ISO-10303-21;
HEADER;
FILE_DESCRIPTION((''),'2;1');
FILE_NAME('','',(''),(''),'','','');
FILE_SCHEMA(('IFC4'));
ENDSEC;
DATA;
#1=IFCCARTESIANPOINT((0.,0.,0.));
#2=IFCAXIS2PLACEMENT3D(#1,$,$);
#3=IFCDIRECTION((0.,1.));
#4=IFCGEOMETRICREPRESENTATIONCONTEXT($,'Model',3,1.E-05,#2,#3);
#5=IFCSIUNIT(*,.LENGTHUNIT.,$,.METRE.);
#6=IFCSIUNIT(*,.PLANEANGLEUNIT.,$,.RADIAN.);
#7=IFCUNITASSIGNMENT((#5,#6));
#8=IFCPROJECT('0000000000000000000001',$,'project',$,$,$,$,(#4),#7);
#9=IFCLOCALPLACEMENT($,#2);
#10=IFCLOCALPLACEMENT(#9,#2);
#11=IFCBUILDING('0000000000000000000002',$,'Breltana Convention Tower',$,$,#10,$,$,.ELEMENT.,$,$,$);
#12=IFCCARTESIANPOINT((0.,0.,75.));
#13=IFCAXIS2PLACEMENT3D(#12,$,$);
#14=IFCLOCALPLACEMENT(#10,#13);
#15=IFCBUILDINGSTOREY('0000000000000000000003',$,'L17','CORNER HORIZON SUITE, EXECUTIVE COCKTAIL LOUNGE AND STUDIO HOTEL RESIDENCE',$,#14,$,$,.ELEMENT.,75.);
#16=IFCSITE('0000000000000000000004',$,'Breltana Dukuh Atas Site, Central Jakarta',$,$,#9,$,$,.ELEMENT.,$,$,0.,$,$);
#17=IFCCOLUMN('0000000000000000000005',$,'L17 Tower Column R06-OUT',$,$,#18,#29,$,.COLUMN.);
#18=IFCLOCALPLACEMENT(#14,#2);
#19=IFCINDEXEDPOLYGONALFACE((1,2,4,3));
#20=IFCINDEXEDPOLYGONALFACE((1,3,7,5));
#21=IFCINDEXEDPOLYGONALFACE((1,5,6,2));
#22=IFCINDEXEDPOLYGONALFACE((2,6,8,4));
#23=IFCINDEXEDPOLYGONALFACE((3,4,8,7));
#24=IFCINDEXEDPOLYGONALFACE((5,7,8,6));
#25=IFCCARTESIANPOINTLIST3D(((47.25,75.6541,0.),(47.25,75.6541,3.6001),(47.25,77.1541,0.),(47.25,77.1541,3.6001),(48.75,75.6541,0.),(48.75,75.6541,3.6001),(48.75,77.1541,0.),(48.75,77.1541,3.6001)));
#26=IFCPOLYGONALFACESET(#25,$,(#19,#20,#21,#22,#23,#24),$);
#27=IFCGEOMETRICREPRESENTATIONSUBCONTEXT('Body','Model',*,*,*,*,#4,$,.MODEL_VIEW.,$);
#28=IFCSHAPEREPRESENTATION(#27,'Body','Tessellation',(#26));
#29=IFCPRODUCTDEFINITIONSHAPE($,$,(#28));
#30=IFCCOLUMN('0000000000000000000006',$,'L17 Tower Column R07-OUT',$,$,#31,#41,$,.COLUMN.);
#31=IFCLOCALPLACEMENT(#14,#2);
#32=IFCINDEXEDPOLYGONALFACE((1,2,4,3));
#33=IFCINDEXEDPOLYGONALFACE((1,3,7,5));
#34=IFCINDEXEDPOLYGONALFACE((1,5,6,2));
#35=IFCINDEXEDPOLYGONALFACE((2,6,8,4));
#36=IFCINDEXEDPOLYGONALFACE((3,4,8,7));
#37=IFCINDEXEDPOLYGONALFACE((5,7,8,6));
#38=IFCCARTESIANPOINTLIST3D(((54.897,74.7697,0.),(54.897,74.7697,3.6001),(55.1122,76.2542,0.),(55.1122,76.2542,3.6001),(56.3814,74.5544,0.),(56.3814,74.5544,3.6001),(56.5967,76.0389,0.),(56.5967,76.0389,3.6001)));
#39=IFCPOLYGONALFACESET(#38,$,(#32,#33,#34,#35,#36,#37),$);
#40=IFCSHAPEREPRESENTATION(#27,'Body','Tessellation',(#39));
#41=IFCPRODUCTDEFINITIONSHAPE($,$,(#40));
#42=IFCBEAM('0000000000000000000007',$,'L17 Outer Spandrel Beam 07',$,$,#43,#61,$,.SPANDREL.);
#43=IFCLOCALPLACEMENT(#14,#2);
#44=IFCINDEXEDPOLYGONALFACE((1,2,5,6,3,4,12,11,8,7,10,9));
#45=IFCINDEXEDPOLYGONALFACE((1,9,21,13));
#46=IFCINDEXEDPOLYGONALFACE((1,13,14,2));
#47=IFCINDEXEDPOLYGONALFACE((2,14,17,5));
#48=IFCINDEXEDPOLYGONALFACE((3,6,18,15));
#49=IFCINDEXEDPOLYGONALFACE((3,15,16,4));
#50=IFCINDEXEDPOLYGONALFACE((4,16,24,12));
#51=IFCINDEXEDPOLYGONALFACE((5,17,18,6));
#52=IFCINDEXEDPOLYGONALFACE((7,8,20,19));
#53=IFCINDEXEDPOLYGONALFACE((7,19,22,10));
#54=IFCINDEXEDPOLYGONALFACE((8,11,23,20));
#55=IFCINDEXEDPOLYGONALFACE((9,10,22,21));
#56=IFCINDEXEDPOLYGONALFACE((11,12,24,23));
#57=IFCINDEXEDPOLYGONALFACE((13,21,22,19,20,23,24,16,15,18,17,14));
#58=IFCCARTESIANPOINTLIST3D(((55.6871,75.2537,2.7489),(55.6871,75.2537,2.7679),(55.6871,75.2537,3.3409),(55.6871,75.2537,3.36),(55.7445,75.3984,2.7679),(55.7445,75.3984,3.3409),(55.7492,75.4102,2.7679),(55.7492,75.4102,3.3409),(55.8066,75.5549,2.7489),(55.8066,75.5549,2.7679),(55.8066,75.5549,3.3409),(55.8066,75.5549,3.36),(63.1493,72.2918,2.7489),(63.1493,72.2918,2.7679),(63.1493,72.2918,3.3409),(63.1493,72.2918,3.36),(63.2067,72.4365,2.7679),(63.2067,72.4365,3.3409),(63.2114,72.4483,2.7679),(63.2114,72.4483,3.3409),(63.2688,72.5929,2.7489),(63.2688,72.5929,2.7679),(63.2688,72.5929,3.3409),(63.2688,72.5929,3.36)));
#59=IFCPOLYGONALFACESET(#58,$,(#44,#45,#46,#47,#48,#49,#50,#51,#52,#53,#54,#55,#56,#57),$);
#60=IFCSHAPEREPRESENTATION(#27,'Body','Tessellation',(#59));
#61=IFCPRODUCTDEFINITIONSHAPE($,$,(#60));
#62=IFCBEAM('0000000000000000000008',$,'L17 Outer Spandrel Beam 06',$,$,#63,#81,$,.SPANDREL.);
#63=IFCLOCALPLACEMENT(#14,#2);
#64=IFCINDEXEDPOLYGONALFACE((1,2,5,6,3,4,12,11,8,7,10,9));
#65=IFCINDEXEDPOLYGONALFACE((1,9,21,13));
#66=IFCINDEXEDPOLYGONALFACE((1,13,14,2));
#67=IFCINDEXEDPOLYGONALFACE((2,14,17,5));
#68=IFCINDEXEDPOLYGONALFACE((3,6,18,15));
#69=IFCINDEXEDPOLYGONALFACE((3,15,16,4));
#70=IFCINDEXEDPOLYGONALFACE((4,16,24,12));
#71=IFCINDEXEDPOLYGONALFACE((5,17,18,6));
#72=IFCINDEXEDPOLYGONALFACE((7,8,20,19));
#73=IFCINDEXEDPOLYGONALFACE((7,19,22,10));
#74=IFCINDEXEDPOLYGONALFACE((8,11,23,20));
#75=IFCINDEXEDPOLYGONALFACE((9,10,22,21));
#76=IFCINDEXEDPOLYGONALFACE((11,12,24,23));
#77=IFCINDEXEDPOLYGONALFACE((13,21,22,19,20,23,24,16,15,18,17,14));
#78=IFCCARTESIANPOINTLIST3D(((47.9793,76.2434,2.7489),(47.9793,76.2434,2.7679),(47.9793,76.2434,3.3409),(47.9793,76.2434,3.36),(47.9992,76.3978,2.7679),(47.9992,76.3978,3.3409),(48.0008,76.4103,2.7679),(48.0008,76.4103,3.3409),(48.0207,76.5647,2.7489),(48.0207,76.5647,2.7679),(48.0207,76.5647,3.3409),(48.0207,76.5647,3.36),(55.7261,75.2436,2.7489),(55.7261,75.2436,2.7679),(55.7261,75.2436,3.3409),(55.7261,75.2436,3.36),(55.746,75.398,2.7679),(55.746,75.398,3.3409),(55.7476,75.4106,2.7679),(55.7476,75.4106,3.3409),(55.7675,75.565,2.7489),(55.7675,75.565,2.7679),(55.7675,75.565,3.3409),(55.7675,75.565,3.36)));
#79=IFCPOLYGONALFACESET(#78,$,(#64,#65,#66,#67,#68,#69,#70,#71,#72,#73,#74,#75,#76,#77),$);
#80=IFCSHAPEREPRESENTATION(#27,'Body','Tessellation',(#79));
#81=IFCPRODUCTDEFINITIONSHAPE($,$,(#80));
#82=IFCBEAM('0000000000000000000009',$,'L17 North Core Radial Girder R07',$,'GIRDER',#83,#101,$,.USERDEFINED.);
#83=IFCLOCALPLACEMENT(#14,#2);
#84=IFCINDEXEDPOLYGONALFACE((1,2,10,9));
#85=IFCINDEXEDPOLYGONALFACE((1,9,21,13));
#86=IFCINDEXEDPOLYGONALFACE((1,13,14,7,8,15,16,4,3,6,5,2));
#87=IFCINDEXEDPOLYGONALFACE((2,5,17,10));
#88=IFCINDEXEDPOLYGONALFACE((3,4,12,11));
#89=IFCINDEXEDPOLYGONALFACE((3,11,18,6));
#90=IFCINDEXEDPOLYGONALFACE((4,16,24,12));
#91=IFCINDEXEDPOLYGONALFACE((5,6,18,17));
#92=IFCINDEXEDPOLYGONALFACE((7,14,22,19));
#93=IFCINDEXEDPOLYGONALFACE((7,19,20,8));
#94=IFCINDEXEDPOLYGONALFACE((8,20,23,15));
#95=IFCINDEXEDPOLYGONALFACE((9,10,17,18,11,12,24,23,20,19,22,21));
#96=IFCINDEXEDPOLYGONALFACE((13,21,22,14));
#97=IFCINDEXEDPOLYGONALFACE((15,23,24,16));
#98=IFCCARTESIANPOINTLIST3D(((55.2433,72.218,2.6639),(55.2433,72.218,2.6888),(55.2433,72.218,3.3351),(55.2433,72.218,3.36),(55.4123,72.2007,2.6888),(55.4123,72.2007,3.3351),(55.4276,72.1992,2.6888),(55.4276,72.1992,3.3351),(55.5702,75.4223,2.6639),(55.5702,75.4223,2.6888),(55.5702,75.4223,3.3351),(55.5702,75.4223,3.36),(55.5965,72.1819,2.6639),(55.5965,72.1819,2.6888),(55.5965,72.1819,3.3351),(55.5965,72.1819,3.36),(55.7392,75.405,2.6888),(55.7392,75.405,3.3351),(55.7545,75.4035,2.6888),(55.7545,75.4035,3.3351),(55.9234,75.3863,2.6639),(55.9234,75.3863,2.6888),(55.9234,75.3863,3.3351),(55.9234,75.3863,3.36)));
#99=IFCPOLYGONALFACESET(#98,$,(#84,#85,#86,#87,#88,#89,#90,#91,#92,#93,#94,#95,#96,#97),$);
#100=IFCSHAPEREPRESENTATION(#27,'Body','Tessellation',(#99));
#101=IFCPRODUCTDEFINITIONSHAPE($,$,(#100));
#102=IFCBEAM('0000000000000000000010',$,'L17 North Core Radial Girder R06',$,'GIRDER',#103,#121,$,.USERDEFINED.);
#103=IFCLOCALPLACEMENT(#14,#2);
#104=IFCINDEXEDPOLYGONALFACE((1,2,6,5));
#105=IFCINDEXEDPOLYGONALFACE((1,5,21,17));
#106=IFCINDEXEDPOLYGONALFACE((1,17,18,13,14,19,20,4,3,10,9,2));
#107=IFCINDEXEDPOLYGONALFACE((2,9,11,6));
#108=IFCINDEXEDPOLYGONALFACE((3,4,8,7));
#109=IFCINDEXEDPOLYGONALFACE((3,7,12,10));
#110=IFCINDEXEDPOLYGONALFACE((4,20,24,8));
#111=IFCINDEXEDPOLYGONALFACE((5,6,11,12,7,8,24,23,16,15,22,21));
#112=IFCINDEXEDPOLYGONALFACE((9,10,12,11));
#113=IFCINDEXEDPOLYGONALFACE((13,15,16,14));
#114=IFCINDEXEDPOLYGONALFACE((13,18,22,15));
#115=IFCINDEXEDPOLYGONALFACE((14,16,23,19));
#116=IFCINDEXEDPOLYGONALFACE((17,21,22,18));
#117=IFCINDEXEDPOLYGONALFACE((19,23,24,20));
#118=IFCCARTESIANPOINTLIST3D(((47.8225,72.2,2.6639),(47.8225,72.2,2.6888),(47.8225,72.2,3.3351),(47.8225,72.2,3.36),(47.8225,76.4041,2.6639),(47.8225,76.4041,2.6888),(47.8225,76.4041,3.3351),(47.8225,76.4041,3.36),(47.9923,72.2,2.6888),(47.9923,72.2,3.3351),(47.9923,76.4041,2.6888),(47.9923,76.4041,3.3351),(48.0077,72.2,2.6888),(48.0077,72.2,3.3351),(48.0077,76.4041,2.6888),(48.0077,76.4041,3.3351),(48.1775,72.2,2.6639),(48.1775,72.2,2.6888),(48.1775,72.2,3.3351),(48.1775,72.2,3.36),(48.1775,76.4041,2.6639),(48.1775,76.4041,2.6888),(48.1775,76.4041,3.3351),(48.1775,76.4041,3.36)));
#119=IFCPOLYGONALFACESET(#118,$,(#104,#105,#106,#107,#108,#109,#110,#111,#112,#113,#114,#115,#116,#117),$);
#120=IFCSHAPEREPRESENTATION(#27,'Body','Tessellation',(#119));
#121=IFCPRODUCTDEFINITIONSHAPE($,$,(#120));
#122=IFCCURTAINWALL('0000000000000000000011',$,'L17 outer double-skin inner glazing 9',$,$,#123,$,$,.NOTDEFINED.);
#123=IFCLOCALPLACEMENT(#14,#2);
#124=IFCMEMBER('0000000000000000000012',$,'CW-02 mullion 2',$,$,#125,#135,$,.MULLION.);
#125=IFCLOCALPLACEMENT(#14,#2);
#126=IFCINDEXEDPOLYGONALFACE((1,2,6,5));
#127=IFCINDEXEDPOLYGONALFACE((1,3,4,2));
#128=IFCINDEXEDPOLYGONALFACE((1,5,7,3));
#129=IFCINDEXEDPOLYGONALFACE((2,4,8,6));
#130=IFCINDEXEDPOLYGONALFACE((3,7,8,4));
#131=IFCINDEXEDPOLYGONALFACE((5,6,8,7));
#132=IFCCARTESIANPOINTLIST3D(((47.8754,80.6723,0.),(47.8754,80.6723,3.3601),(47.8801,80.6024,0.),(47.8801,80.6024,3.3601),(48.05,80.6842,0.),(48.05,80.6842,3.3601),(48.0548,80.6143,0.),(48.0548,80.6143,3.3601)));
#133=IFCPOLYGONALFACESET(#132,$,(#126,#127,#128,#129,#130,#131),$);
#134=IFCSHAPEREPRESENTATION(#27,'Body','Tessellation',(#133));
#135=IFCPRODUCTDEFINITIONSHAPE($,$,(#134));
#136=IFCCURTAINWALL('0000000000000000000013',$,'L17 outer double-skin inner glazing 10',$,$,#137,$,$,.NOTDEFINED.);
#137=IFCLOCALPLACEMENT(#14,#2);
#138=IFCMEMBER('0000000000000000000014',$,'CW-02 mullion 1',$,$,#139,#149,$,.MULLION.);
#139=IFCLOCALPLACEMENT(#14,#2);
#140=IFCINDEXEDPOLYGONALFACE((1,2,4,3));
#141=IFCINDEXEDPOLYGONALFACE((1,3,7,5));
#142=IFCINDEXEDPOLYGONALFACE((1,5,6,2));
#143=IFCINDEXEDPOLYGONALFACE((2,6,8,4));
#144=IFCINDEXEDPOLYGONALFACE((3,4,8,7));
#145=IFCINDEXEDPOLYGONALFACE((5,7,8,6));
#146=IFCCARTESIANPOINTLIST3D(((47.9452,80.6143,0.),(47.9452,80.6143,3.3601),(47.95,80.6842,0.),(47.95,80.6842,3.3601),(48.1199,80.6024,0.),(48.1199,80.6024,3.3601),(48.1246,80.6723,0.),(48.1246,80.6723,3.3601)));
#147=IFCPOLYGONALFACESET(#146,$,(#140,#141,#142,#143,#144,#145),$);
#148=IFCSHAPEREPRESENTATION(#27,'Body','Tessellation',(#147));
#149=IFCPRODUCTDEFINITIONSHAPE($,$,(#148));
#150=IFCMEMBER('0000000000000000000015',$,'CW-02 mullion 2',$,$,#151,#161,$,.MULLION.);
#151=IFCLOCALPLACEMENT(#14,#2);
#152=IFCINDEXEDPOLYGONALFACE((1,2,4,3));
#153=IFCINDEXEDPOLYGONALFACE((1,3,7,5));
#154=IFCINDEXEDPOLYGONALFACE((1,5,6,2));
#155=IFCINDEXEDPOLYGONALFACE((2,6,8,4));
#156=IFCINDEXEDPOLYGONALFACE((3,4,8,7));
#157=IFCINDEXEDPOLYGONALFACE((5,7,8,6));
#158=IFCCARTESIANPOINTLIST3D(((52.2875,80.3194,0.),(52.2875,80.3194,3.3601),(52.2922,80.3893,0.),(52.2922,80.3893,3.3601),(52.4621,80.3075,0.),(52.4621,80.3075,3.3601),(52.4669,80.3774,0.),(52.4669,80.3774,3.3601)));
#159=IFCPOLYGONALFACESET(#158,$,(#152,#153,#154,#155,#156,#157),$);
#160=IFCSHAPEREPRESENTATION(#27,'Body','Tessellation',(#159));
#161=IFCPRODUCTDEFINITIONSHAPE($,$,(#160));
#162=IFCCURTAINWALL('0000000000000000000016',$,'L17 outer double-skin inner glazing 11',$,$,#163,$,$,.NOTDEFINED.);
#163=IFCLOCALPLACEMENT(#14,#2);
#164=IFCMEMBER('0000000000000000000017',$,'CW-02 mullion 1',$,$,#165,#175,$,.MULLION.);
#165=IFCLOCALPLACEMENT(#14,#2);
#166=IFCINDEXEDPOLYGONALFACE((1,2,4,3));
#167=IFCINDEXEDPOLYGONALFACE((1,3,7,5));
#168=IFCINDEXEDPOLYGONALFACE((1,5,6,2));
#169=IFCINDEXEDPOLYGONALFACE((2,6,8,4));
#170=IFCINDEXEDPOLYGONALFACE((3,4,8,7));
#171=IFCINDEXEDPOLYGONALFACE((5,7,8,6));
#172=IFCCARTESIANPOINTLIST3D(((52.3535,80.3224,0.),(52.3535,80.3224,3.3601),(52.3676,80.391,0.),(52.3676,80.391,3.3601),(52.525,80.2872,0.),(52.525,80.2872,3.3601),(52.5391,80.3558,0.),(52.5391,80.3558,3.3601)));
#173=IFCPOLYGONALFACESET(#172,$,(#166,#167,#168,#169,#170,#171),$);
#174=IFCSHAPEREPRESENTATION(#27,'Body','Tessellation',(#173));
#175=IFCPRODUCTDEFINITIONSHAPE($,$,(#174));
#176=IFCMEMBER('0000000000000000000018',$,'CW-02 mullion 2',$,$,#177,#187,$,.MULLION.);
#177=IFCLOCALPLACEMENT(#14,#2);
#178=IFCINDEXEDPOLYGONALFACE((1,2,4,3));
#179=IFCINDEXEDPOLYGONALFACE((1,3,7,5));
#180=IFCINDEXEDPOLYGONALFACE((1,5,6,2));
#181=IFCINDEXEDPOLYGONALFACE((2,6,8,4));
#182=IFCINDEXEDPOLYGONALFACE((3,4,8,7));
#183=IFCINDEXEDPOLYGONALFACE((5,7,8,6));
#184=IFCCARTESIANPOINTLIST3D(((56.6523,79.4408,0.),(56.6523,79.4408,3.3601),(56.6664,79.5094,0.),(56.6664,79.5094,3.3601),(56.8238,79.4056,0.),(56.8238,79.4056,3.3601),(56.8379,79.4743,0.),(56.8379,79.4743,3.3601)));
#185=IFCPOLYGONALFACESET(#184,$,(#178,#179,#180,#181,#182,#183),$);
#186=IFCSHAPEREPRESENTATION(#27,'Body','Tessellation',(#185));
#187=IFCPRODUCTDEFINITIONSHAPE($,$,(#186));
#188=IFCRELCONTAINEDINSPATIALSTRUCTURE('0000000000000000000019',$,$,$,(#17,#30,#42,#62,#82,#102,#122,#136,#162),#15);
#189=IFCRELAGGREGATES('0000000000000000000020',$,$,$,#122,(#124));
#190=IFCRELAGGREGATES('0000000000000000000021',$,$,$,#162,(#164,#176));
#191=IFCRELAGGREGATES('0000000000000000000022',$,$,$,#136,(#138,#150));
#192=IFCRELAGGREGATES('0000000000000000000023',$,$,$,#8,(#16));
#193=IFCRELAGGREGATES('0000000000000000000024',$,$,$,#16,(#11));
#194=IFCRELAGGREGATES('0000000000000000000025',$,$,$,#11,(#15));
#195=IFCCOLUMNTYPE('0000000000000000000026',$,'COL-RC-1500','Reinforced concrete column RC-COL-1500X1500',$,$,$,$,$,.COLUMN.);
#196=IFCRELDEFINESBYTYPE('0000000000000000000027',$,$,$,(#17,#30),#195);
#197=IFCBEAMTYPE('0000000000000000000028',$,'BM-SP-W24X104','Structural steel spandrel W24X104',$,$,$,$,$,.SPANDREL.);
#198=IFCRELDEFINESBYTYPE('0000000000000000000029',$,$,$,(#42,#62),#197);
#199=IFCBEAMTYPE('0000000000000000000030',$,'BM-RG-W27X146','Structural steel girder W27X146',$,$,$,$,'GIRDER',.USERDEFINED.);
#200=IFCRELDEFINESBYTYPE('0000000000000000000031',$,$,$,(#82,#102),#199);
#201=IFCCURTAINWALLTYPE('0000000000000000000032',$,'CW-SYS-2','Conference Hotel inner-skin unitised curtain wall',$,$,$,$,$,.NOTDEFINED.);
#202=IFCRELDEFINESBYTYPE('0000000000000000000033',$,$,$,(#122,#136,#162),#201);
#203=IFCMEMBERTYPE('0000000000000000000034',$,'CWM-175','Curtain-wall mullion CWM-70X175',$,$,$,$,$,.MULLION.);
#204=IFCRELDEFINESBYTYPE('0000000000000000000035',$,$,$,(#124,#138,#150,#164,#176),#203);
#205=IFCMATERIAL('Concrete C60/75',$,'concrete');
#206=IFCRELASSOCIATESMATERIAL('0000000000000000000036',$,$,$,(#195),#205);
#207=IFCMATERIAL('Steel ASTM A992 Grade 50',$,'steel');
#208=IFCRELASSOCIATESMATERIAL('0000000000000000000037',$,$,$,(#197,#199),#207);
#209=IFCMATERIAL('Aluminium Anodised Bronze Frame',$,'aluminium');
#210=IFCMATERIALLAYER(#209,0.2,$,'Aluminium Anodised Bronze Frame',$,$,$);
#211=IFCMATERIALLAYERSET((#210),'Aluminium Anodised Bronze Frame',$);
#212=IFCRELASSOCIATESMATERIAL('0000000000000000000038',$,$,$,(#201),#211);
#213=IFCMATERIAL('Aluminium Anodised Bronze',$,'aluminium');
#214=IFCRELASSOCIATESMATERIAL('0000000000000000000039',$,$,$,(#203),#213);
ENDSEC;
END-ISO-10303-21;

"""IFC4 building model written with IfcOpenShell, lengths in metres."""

from ifc_helpers import new_model, si_unit, direction, frame, origin, origin_2d, place, context, subcontext, project, spatial, rectangle, i_section, extrude, source, transform, mapped, material, layer, layer_set, material_profile, profile_set, type_object, type_shapes, element, aggregate, save


model = new_model("IFC4")

# Units and contexts
model_context = context("Model", 3, precision=1e-05, world=origin(), true_north=direction((0.0, 1.0)))
body_context = subcontext(model_context, "Body", "Model", "MODEL_VIEW")
ifc_project = project(units=[si_unit("LENGTHUNIT", "METRE"), si_unit("PLANEANGLEUNIT", "RADIAN")], contexts=[model_context])

# Site, building, storey
site_placement = place(None, origin())
site = spatial("IfcSite", under=ifc_project, at=site_placement, Name="Breltana Dukuh Atas Site, Central Jakarta", CompositionType="ELEMENT", RefElevation=0.0)
building_placement = place(site_placement, origin())
building = spatial("IfcBuilding", under=site, at=building_placement, Name="Breltana Convention Tower", CompositionType="ELEMENT")
storey_placement = place(building_placement, frame((0.0, 0.0, 75.0)))
storey = spatial("IfcBuildingStorey", under=building, at=storey_placement, Name="L17", Description="CORNER HORIZON SUITE, EXECUTIVE COCKTAIL LOUNGE AND STUDIO HOTEL RESIDENCE", CompositionType="ELEMENT", Elevation=75.0)

# Columns
ifc_material_1 = material(Name="Concrete C60/75", Category="concrete")
ifc_material_profile_1 = material_profile(ifc_material_1, rectangle(XDim=1.5, YDim=1.5, at=origin_2d()), Name="RC-COL-1500X1500")
ifc_profile_set_1 = profile_set([ifc_material_profile_1], Name="Concrete C60/75")
column_type = type_object("IfcColumnType", Name="COL-RC-1500", Description="Reinforced concrete column RC-COL-1500X1500", PredefinedType="COLUMN", material=ifc_profile_set_1)
shared_shape_1 = source(origin(), body_context, "Body", "SweptSolid", [
    extrude(rectangle(XDim=1.5, YDim=1.5, at=origin_2d()), origin(), (0.0, 0.0, 1.0), 3.6001),
])
for number, where, z_axis, x_axis, name in (
    (1, (48.0, 76.4041, 0.0), (0.0, 0.0, 1.0), (0.0, 1.0, 0.0), "L17 Tower Column R06-OUT"),
    (2, (55.7468, 75.4043, 0.0), (0.0, 0.0, 1.0), (0.143493, 0.989651, 0.0), "L17 Tower Column R07-OUT"),
):
    element("IfcColumn", number, at=place(storey_placement, frame(where, z_axis=z_axis, x_axis=x_axis)), inside=storey, type_object=column_type, Name=name, PredefinedType="COLUMN", context=body_context, shape_type="MappedRepresentation", body=[
        mapped(shared_shape_1, transform((0.0, 0.0, 0.0), scale=1.0)),
    ])

# Beams
ifc_material_2 = material(Name="Steel ASTM A992 Grade 50", Category="steel")
ifc_material_profile_2 = material_profile(ifc_material_2, i_section(OverallWidth=0.324, OverallDepth=0.6111, WebThickness=0.0127, FlangeThickness=0.019, at=origin_2d()), Name="W24X104")
ifc_profile_set_2 = profile_set([ifc_material_profile_2], Name="Steel ASTM A992 Grade 50")
beam_type_1 = type_object("IfcBeamType", Name="BM-SP-W24X104", Description="Structural steel spandrel W24X104", PredefinedType="SPANDREL", material=ifc_profile_set_2)
shared_shape_2 = source(origin(), body_context, "Body", "SweptSolid", [
    extrude(i_section(OverallWidth=0.324, OverallDepth=0.6111, WebThickness=0.0127, FlangeThickness=0.019, at=origin_2d()), origin(), (0.0, 0.0, 1.0), 8.0286),
])
beam_1_placement = place(storey_placement, frame((55.7468, 75.4043, 3.0544), z_axis=(0.929459, -0.368925, 0.0), x_axis=(0.368925, 0.929459, 0.0)))
element("IfcBeam", 3, at=beam_1_placement, inside=storey, type_object=beam_type_1, Name="L17 Outer Spandrel Beam 07", PredefinedType="SPANDREL", context=body_context, shape_type="MappedRepresentation", body=[
    mapped(shared_shape_2, transform((0.0, 0.0, 0.0), scale=1.0)),
])
shared_shape_3 = source(origin(), body_context, "Body", "SweptSolid", [
    extrude(i_section(OverallWidth=0.324, OverallDepth=0.6111, WebThickness=0.0127, FlangeThickness=0.019, at=origin_2d()), origin(), (0.0, 0.0, 1.0), 7.811),
])
beam_2_placement = place(storey_placement, frame((48.0, 76.4041, 3.0544), z_axis=(0.991775, -0.127992, 0.0), x_axis=(0.127992, 0.991775, 0.0)))
element("IfcBeam", 4, at=beam_2_placement, inside=storey, type_object=beam_type_1, Name="L17 Outer Spandrel Beam 06", PredefinedType="SPANDREL", context=body_context, shape_type="MappedRepresentation", body=[
    mapped(shared_shape_3, transform((0.0, 0.0, 0.0), scale=1.0)),
])
ifc_material_profile_3 = material_profile(ifc_material_2, i_section(OverallWidth=0.355, OverallDepth=0.696, WebThickness=0.0154, FlangeThickness=0.0249, at=origin_2d()), Name="W27X146")
ifc_profile_set_3 = profile_set([ifc_material_profile_3], Name="Steel ASTM A992 Grade 50")
beam_type_2 = type_object("IfcBeamType", Name="BM-RG-W27X146", Description="Structural steel girder W27X146", ElementType="GIRDER", PredefinedType="USERDEFINED", material=ifc_profile_set_3)
shared_shape_4 = source(origin(), body_context, "Body", "SweptSolid", [
    extrude(i_section(OverallWidth=0.355, OverallDepth=0.696, WebThickness=0.0154, FlangeThickness=0.0249, at=origin_2d()), origin(), (0.0, 0.0, 1.0), 3.2209),
])
beam_3_placement = place(storey_placement, frame((55.4199, 72.2, 3.012), z_axis=(0.101492, 0.994836, 0.0), x_axis=(-0.994836, 0.101492, 0.0)))
element("IfcBeam", 5, at=beam_3_placement, inside=storey, type_object=beam_type_2, Name="L17 North Core Radial Girder R07", ObjectType="GIRDER", PredefinedType="USERDEFINED", context=body_context, shape_type="MappedRepresentation", body=[
    mapped(shared_shape_4, transform((0.0, 0.0, 0.0), scale=1.0)),
])
shared_shape_5 = source(origin(), body_context, "Body", "SweptSolid", [
    extrude(i_section(OverallWidth=0.355, OverallDepth=0.696, WebThickness=0.0154, FlangeThickness=0.0249, at=origin_2d()), origin(), (0.0, 0.0, 1.0), 4.2041),
])
beam_4_placement = place(storey_placement, frame((48.0, 72.2, 3.012), z_axis=(0.0, 1.0, 0.0), x_axis=(-1.0, 0.0, 0.0)))
element("IfcBeam", 6, at=beam_4_placement, inside=storey, type_object=beam_type_2, Name="L17 North Core Radial Girder R06", ObjectType="GIRDER", PredefinedType="USERDEFINED", context=body_context, shape_type="MappedRepresentation", body=[
    mapped(shared_shape_5, transform((0.0, 0.0, 0.0), scale=1.0)),
])

# Curtain wall, member
ifc_material_3 = material(Name="Aluminium Anodised Bronze Frame", Category="aluminium")
ifc_layer_1 = layer(ifc_material_3, 0.2, Name="Aluminium Anodised Bronze Frame")
ifc_layer_set_1 = layer_set([ifc_layer_1], Name="Aluminium Anodised Bronze Frame")
curtain_wall_type = type_object("IfcCurtainWallType", Name="CW-SYS-2", Description="Conference Hotel inner-skin unitised curtain wall", PredefinedType="NOTDEFINED", material=ifc_layer_set_1)
curtain_wall_1_placement = place(storey_placement, origin())
curtain_wall_1 = element("IfcCurtainWall", 7, at=curtain_wall_1_placement, inside=storey, type_object=curtain_wall_type, Name="L17 outer double-skin inner glazing 9", PredefinedType="NOTDEFINED")
ifc_material_4 = material(Name="Aluminium Anodised Bronze", Category="aluminium")
ifc_material_profile_4 = material_profile(ifc_material_4, rectangle(XDim=0.0701, YDim=0.175, at=origin_2d()), Name="CWM-70X175")
ifc_profile_set_4 = profile_set([ifc_material_profile_4], Name="Aluminium Anodised Bronze")
member_type_1 = type_object("IfcMemberType", Name="CWM-175", Description="Curtain-wall mullion CWM-70X175", PredefinedType="MULLION", material=ifc_profile_set_4)
shared_shape_6 = source(origin(), body_context, "Body", "SweptSolid", [
    extrude(rectangle(XDim=0.0701, YDim=0.175, at=origin_2d()), origin(), (0.0, 0.0, 1.0), 3.3601),
])
type_shapes(member_type_1, [shared_shape_6])
member_1_placement = place(storey_placement, frame((47.9651, 80.6433, 0.0), z_axis=(0.0, 0.0, 1.0), x_axis=(-0.067726, 0.997704, 0.0)))
member_1 = element("IfcMember", 8, at=member_1_placement, type_object=member_type_1, Name="CW-02 mullion 2", PredefinedType="MULLION", context=body_context, shape_type="MappedRepresentation", body=[
    mapped(shared_shape_6, transform((0.0, 0.0, 0.0), scale=1.0)),
])
aggregate(curtain_wall_1, [member_1])

# Curtain walls, members
curtain_wall_2_placement = place(storey_placement, origin())
curtain_wall_2 = element("IfcCurtainWall", 9, at=curtain_wall_2_placement, inside=storey, type_object=curtain_wall_type, Name="L17 outer double-skin inner glazing 10", PredefinedType="NOTDEFINED")
member_2_placement = place(storey_placement, frame((48.0349, 80.6433, 0.0), z_axis=(0.0, 0.0, 1.0), x_axis=(0.067726, 0.997704, 0.0)))
member_2 = element("IfcMember", 10, at=member_2_placement, type_object=member_type_1, Name="CW-02 mullion 1", PredefinedType="MULLION", context=body_context, shape_type="MappedRepresentation", body=[
    mapped(shared_shape_6, transform((0.0, 0.0, 0.0), scale=1.0)),
])
member_3_placement = place(storey_placement, frame((52.3772, 80.3484, 0.0), z_axis=(0.0, 0.0, 1.0), x_axis=(0.067726, 0.997704, 0.0)))
member_3 = element("IfcMember", 11, at=member_3_placement, type_object=member_type_1, Name="CW-02 mullion 2", PredefinedType="MULLION", context=body_context, shape_type="MappedRepresentation", body=[
    mapped(shared_shape_6, transform((0.0, 0.0, 0.0), scale=1.0)),
])
curtain_wall_3_placement = place(storey_placement, origin())
curtain_wall_3 = element("IfcCurtainWall", 12, at=curtain_wall_3_placement, inside=storey, type_object=curtain_wall_type, Name="L17 outer double-skin inner glazing 11", PredefinedType="NOTDEFINED")
member_4_placement = place(storey_placement, frame((52.4463, 80.3391, 0.0), z_axis=(0.0, 0.0, 1.0), x_axis=(0.200885, 0.979615, 0.0)))
member_4 = element("IfcMember", 13, at=member_4_placement, type_object=member_type_1, Name="CW-02 mullion 1", PredefinedType="MULLION", context=body_context, shape_type="MappedRepresentation", body=[
    mapped(shared_shape_6, transform((0.0, 0.0, 0.0), scale=1.0)),
])
member_5_placement = place(storey_placement, frame((56.7451, 79.4575, 0.0), z_axis=(0.0, 0.0, 1.0), x_axis=(0.200885, 0.979615, 0.0)))
member_5 = element("IfcMember", 14, at=member_5_placement, type_object=member_type_1, Name="CW-02 mullion 2", PredefinedType="MULLION", context=body_context, shape_type="MappedRepresentation", body=[
    mapped(shared_shape_6, transform((0.0, 0.0, 0.0), scale=1.0)),
])

aggregate(curtain_wall_3, [member_4, member_5])
aggregate(curtain_wall_2, [member_2, member_3])

save(model, "model.ifc")
